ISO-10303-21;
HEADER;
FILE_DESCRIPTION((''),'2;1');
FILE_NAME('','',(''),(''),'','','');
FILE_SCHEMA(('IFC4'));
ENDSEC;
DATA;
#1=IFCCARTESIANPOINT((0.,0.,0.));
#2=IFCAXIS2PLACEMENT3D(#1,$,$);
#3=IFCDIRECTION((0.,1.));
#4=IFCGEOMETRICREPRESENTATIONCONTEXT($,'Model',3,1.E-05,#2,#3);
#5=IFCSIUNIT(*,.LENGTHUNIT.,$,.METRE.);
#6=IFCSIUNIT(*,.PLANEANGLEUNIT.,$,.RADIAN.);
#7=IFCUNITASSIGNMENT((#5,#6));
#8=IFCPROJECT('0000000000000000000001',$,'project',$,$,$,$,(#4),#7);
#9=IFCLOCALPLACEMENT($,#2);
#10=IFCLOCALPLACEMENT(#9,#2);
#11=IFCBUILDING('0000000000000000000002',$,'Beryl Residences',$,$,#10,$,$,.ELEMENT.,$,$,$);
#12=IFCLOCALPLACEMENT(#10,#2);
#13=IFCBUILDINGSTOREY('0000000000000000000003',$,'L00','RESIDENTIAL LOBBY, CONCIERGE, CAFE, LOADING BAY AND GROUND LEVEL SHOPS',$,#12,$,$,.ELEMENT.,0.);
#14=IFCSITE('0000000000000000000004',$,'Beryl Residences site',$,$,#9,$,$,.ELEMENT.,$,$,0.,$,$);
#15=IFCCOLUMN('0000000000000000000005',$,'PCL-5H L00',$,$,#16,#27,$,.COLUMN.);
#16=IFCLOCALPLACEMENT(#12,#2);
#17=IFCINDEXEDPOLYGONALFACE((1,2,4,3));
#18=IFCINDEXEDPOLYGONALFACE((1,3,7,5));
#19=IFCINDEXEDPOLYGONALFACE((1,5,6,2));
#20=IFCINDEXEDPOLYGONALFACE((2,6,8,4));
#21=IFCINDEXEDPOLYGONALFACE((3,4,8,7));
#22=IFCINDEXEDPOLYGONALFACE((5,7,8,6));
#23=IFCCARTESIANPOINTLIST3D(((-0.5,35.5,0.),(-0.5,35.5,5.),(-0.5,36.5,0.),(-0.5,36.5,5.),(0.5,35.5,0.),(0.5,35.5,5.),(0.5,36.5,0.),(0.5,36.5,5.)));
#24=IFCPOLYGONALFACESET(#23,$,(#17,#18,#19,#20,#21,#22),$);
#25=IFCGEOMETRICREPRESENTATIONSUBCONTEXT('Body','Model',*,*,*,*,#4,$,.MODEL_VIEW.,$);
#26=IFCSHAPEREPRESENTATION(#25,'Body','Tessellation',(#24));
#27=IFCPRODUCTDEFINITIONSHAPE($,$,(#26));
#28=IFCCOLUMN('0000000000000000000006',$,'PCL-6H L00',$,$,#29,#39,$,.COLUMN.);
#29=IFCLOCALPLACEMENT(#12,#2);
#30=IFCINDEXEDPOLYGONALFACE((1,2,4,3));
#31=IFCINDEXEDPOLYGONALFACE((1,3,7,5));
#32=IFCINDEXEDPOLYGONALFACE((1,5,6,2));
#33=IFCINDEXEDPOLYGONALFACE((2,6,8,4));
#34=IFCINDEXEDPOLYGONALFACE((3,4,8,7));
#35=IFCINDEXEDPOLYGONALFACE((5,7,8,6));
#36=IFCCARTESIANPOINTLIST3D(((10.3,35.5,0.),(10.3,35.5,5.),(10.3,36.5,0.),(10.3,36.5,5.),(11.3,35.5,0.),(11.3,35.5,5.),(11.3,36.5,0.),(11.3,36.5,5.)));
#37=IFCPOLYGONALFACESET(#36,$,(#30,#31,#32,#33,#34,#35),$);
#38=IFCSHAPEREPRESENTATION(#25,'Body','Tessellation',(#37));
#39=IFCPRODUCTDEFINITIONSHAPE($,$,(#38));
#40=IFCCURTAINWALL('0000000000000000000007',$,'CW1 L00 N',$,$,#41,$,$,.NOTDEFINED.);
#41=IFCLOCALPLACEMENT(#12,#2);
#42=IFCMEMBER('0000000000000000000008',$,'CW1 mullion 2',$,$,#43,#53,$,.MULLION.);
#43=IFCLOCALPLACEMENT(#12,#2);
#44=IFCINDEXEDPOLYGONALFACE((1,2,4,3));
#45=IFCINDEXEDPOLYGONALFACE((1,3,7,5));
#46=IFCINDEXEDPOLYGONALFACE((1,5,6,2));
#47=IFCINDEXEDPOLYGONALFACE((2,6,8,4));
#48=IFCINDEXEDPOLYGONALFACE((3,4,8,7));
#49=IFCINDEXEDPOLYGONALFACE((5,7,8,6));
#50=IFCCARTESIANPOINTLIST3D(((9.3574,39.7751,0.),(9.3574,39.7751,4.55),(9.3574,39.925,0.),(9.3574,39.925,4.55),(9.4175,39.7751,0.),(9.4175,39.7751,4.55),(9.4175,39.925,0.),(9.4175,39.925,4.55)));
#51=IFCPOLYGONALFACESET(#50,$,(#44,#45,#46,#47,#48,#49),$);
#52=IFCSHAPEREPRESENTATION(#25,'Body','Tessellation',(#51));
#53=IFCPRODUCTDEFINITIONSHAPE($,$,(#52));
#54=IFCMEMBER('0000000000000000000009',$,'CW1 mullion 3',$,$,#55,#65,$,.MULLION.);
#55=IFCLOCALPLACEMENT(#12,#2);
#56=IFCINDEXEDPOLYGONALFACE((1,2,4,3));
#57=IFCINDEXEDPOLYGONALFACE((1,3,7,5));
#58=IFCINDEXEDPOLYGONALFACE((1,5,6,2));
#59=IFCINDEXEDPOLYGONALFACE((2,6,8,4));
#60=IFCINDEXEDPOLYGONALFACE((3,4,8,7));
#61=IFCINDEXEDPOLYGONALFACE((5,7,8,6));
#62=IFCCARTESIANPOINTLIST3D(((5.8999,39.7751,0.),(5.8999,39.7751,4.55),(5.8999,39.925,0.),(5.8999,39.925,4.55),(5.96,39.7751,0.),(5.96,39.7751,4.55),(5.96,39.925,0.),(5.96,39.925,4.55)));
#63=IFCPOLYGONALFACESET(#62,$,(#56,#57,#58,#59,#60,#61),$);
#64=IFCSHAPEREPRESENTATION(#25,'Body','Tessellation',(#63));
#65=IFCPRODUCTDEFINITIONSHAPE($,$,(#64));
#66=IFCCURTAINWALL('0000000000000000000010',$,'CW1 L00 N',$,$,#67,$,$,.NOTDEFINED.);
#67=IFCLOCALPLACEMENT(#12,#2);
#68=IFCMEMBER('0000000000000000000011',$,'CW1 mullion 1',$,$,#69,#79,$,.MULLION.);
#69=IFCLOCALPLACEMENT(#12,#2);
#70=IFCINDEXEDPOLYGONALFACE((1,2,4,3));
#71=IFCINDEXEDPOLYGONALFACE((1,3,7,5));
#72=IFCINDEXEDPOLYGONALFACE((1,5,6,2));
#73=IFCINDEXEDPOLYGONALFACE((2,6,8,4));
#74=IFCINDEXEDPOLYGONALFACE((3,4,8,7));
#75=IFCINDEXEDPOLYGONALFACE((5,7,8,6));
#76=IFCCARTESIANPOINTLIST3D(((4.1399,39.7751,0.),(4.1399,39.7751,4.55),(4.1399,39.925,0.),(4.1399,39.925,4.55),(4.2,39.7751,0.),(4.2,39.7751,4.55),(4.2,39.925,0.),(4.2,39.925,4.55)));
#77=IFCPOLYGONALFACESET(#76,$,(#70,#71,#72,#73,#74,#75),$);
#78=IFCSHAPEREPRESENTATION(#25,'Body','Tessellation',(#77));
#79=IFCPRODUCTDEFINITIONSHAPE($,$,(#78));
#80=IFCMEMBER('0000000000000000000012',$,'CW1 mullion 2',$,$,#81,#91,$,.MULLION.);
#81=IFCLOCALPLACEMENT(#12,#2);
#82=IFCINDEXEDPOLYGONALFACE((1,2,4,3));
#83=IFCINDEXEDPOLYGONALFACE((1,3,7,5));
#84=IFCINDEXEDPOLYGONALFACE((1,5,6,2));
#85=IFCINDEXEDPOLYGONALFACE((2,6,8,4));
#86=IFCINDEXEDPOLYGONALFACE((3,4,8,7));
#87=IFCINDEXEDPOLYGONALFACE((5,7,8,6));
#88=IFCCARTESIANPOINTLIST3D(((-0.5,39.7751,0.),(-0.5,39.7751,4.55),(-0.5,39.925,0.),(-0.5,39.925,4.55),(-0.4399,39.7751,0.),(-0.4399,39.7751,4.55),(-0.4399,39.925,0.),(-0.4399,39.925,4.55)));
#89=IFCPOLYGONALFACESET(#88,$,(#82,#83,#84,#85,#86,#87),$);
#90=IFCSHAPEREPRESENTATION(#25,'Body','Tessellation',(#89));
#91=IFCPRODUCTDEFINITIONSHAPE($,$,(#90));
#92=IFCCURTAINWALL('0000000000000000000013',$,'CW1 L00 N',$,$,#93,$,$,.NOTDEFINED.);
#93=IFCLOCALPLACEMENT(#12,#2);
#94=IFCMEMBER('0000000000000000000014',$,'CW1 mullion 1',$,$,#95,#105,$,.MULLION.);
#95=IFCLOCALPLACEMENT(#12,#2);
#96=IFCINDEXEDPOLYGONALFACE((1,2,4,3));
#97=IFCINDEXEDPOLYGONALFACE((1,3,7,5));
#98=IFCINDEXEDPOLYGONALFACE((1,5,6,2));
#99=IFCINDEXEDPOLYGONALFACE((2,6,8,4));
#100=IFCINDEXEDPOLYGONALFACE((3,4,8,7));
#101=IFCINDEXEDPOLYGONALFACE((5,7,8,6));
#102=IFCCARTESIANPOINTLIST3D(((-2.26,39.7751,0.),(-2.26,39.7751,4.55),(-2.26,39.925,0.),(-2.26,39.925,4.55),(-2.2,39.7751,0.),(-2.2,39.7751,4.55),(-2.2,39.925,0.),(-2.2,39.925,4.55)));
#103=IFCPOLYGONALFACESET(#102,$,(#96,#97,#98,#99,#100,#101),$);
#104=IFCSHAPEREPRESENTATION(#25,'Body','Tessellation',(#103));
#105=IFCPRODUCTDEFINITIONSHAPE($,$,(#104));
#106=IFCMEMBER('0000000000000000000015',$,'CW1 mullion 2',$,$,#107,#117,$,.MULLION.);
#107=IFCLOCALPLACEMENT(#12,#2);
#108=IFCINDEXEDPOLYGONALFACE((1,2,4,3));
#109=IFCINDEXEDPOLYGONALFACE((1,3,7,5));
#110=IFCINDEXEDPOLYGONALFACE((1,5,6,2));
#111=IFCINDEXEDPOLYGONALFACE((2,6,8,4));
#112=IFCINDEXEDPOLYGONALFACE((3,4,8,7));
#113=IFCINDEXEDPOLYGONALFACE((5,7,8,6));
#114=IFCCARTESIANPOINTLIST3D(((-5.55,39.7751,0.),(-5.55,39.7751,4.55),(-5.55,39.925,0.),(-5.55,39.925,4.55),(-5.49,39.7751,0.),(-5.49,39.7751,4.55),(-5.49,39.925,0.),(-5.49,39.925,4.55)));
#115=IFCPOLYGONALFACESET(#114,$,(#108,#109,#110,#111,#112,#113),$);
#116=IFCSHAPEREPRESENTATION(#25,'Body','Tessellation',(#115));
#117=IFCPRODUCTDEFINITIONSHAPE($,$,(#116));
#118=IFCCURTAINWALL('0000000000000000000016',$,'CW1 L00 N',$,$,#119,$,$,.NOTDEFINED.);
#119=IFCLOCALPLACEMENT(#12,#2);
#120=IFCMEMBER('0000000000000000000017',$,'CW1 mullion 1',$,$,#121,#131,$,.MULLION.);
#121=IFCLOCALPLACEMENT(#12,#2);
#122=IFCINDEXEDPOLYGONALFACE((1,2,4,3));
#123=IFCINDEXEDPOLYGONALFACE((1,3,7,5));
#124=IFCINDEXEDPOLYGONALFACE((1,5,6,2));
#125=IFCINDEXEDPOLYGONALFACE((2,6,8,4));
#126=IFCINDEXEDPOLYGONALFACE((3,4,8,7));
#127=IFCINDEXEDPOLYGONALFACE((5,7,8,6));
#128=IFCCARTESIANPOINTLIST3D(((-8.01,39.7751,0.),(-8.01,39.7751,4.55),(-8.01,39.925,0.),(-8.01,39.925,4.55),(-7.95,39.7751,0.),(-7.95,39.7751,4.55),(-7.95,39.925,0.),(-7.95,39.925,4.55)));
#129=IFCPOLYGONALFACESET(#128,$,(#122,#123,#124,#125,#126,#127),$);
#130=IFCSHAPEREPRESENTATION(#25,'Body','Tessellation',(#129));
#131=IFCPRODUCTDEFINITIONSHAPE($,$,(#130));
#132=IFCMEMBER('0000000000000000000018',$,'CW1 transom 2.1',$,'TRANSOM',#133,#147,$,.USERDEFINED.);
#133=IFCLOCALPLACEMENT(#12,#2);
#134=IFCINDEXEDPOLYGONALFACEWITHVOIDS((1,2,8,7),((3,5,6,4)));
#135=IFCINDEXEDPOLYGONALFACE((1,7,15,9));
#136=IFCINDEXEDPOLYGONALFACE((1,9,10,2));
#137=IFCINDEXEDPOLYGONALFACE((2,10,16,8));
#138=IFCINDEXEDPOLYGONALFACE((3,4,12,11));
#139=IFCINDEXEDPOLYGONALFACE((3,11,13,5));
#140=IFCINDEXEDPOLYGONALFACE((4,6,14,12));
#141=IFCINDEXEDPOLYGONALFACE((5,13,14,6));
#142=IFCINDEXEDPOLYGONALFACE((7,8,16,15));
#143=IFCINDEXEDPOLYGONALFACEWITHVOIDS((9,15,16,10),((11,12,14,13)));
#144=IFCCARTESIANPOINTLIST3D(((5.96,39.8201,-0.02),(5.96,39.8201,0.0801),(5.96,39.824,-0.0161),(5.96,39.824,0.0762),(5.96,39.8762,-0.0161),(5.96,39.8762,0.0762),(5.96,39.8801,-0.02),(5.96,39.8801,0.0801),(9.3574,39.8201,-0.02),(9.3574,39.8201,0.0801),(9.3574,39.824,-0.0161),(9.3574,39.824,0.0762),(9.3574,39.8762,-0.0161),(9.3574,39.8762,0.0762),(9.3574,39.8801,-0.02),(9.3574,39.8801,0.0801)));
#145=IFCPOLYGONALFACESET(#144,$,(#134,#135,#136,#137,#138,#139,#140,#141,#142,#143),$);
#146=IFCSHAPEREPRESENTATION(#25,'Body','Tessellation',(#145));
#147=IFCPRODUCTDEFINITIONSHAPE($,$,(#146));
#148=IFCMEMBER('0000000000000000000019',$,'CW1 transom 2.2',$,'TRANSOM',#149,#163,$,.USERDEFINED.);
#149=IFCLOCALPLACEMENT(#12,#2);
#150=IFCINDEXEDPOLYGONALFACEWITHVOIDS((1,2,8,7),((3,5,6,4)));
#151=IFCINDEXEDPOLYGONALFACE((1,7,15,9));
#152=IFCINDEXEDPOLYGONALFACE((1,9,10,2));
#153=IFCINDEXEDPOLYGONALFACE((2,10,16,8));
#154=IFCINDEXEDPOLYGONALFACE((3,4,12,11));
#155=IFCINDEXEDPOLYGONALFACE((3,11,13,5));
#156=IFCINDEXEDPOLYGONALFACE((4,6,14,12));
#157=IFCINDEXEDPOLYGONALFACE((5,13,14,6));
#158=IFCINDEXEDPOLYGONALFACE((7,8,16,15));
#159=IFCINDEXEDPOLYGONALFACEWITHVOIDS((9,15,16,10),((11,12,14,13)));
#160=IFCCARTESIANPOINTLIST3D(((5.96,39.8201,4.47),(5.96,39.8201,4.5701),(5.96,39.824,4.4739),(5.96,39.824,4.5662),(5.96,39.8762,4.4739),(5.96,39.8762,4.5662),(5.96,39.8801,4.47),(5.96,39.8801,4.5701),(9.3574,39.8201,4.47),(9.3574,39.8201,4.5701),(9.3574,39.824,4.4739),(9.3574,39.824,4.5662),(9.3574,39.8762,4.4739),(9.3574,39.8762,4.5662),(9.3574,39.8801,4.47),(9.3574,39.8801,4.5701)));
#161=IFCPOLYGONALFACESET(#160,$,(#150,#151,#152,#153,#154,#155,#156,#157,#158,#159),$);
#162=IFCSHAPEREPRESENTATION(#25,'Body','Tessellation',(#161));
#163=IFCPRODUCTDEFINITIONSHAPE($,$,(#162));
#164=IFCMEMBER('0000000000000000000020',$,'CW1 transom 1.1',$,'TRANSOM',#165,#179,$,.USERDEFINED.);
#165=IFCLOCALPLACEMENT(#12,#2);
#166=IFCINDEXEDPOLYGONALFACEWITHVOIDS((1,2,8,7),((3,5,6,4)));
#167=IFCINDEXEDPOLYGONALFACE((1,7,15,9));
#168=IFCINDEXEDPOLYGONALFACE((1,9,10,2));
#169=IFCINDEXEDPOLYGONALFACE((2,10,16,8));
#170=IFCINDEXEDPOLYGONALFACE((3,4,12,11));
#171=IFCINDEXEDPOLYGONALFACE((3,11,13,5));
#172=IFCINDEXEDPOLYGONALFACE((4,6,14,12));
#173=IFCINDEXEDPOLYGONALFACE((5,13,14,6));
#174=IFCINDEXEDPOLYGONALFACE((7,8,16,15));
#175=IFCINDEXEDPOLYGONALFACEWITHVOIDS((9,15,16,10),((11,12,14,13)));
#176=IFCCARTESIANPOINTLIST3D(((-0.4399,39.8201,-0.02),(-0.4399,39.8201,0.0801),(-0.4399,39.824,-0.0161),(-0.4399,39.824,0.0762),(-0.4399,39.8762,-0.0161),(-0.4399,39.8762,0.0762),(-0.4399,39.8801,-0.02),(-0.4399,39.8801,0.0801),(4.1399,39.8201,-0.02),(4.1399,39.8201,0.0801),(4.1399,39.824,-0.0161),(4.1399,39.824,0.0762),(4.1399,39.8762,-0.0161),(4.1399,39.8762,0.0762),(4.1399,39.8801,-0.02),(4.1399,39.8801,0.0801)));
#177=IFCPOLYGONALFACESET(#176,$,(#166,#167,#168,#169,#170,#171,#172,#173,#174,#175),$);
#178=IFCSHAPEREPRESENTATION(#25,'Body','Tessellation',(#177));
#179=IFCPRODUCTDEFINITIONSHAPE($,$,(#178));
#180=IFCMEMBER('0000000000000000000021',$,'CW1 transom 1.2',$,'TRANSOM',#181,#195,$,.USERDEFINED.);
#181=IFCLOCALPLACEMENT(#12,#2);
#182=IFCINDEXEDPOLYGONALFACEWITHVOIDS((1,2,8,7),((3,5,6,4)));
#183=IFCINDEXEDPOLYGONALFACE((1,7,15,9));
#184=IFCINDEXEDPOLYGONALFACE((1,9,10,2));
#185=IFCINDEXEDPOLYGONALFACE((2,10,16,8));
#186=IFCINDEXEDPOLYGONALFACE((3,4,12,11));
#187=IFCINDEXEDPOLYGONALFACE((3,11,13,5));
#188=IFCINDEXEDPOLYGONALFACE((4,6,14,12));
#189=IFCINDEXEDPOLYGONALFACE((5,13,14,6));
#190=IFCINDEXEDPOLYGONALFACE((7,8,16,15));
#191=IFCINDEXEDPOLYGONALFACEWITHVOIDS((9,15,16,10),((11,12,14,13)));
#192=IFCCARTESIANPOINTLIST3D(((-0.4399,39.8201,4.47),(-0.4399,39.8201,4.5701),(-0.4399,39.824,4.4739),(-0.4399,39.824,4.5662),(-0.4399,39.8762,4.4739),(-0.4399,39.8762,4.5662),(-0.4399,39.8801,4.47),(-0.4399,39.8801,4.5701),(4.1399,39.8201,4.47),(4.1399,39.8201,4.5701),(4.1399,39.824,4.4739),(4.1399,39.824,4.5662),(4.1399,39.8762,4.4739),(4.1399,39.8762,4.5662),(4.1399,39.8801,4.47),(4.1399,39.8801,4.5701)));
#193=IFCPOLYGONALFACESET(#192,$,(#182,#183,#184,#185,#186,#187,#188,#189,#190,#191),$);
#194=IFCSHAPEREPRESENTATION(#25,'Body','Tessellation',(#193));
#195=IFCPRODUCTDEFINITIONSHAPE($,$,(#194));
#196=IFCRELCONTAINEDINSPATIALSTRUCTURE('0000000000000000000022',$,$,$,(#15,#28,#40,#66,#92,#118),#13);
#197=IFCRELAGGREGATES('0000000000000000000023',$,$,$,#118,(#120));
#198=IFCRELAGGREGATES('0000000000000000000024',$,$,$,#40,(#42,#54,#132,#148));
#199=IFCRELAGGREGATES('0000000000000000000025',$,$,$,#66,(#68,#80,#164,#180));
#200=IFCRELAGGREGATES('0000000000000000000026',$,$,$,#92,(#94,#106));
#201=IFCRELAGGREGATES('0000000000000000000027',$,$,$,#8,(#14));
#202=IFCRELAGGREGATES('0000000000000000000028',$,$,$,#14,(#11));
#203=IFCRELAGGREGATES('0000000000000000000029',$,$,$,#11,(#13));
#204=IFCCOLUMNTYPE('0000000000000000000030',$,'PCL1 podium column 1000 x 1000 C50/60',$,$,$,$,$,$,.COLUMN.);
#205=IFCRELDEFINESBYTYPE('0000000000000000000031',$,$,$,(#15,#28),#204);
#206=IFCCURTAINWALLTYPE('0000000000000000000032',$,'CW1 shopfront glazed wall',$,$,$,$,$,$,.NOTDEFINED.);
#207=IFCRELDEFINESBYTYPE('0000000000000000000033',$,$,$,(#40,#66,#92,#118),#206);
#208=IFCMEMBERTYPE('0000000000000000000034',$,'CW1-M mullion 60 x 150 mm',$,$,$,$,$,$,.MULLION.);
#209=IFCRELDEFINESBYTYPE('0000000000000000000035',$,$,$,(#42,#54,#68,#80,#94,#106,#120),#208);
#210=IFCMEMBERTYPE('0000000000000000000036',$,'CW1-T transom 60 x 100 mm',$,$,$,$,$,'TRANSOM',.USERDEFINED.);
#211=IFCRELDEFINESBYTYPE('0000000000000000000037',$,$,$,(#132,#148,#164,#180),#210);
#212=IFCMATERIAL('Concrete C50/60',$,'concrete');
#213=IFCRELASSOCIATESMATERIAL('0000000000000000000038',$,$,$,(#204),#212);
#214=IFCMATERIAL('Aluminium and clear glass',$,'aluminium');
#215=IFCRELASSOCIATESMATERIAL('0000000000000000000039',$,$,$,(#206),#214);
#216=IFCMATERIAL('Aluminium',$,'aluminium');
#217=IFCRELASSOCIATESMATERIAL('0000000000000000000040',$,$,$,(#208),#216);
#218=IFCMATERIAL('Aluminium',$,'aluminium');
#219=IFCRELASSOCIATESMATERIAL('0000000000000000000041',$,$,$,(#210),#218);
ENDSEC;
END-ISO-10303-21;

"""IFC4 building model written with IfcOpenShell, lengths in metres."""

from ifc_helpers import new_model, si_unit, direction, frame, origin, origin_2d, place, context, subcontext, project, spatial, rectangle, hollow_rectangle, extrude, material, material_profile, profile_set, type_object, element, aggregate, save


model = new_model("IFC4")

# Units and contexts
model_context = context("Model", 3, precision=1e-05, world=origin(), true_north=direction((0.0, 1.0)))
body_context = subcontext(model_context, "Body", "Model", "MODEL_VIEW")
ifc_project = project(units=[si_unit("LENGTHUNIT", "METRE"), si_unit("PLANEANGLEUNIT", "RADIAN")], contexts=[model_context])

# Site, building, storey
site_placement = place(None, origin())
site = spatial("IfcSite", under=ifc_project, at=site_placement, Name="Beryl Residences site", CompositionType="ELEMENT", RefElevation=0.0)
building_placement = place(site_placement, origin())
building = spatial("IfcBuilding", under=site, at=building_placement, Name="Beryl Residences", CompositionType="ELEMENT")
storey_placement = place(building_placement, origin())
storey = spatial("IfcBuildingStorey", under=building, at=storey_placement, Name="L00", Description="RESIDENTIAL LOBBY, CONCIERGE, CAFE, LOADING BAY AND GROUND LEVEL SHOPS", CompositionType="ELEMENT", Elevation=0.0)

# Columns
ifc_material_1 = material(Name="Concrete C50/60", Category="concrete")
ifc_material_profile_1 = material_profile(ifc_material_1, rectangle(XDim=1.0, YDim=1.0, at=origin_2d()))
ifc_profile_set_1 = profile_set([ifc_material_profile_1], Name="Concrete C50/60")
column_type = type_object("IfcColumnType", Name="PCL1 podium column 1000 x 1000 C50/60", PredefinedType="COLUMN", material=ifc_profile_set_1)
for number, where, z_axis, x_axis, name in (
    (1, (0.0, 36.0, 0.0), (0.0, 0.0, 1.0), (1.0, 0.0, 0.0), "PCL-5H L00"),
    (2, (10.8, 36.0, 0.0), (0.0, 0.0, 1.0), (1.0, 0.0, 0.0), "PCL-6H L00"),
):
    element("IfcColumn", number, at=place(storey_placement, frame(where, z_axis=z_axis, x_axis=x_axis)), inside=storey, type_object=column_type, Name=name, PredefinedType="COLUMN", context=body_context, shape_type="SweptSolid", body=[
        extrude(rectangle(XDim=1.0, YDim=1.0, at=origin_2d()), origin(), (0.0, 0.0, 1.0), 5.0),
    ])

# Curtain walls, members
ifc_material_2 = material(Name="Aluminium and clear glass", Category="aluminium")
curtain_wall_type = type_object("IfcCurtainWallType", Name="CW1 shopfront glazed wall", PredefinedType="NOTDEFINED", material=ifc_material_2)
curtain_wall_1_placement = place(storey_placement, origin())
curtain_wall_1 = element("IfcCurtainWall", 3, at=curtain_wall_1_placement, inside=storey, type_object=curtain_wall_type, Name="CW1 L00 N", PredefinedType="NOTDEFINED")
ifc_material_3 = material(Name="Aluminium", Category="aluminium")
ifc_material_profile_2 = material_profile(ifc_material_3, rectangle(XDim=0.0601, YDim=0.1499, at=origin_2d()))
ifc_profile_set_2 = profile_set([ifc_material_profile_2], Name="Aluminium")
member_type_1 = type_object("IfcMemberType", Name="CW1-M mullion 60 x 150 mm", PredefinedType="MULLION", material=ifc_profile_set_2)
member_1_placement = place(storey_placement, frame((9.3875, 39.8501, 0.0), z_axis=(0.0, 0.0, 1.0), x_axis=(-1.0, 0.0, 0.0)))
member_1 = element("IfcMember", 4, at=member_1_placement, type_object=member_type_1, Name="CW1 mullion 2", PredefinedType="MULLION", context=body_context, shape_type="SweptSolid", body=[
    extrude(rectangle(XDim=0.0601, YDim=0.1499, at=origin_2d()), origin(), (0.0, 0.0, 1.0), 4.55),
])
member_2_placement = place(storey_placement, frame((5.9299, 39.8501, 0.0), z_axis=(0.0, 0.0, 1.0), x_axis=(-1.0, 0.0, 0.0)))
member_2 = element("IfcMember", 5, at=member_2_placement, type_object=member_type_1, Name="CW1 mullion 3", PredefinedType="MULLION", context=body_context, shape_type="SweptSolid", body=[
    extrude(rectangle(XDim=0.0601, YDim=0.1499, at=origin_2d()), origin(), (0.0, 0.0, 1.0), 4.55),
])
curtain_wall_2_placement = place(storey_placement, origin())
curtain_wall_2 = element("IfcCurtainWall", 6, at=curtain_wall_2_placement, inside=storey, type_object=curtain_wall_type, Name="CW1 L00 N", PredefinedType="NOTDEFINED")
member_3_placement = place(storey_placement, frame((4.1699, 39.8501, 0.0), z_axis=(0.0, 0.0, 1.0), x_axis=(-1.0, 0.0, 0.0)))
member_3 = element("IfcMember", 7, at=member_3_placement, type_object=member_type_1, Name="CW1 mullion 1", PredefinedType="MULLION", context=body_context, shape_type="SweptSolid", body=[
    extrude(rectangle(XDim=0.0601, YDim=0.1499, at=origin_2d()), origin(), (0.0, 0.0, 1.0), 4.55),
])
member_4_placement = place(storey_placement, frame((-0.47, 39.8501, 0.0), z_axis=(0.0, 0.0, 1.0), x_axis=(-1.0, 0.0, 0.0)))
member_4 = element("IfcMember", 8, at=member_4_placement, type_object=member_type_1, Name="CW1 mullion 2", PredefinedType="MULLION", context=body_context, shape_type="SweptSolid", body=[
    extrude(rectangle(XDim=0.0601, YDim=0.1499, at=origin_2d()), origin(), (0.0, 0.0, 1.0), 4.55),
])
curtain_wall_3_placement = place(storey_placement, origin())
curtain_wall_3 = element("IfcCurtainWall", 9, at=curtain_wall_3_placement, inside=storey, type_object=curtain_wall_type, Name="CW1 L00 N", PredefinedType="NOTDEFINED")
member_5_placement = place(storey_placement, frame((-2.23, 39.8501, 0.0), z_axis=(0.0, 0.0, 1.0), x_axis=(-1.0, 0.0, 0.0)))
member_5 = element("IfcMember", 10, at=member_5_placement, type_object=member_type_1, Name="CW1 mullion 1", PredefinedType="MULLION", context=body_context, shape_type="SweptSolid", body=[
    extrude(rectangle(XDim=0.0601, YDim=0.1499, at=origin_2d()), origin(), (0.0, 0.0, 1.0), 4.55),
])
member_6_placement = place(storey_placement, frame((-5.52, 39.8501, 0.0), z_axis=(0.0, 0.0, 1.0), x_axis=(-1.0, 0.0, 0.0)))
member_6 = element("IfcMember", 11, at=member_6_placement, type_object=member_type_1, Name="CW1 mullion 2", PredefinedType="MULLION", context=body_context, shape_type="SweptSolid", body=[
    extrude(rectangle(XDim=0.0601, YDim=0.1499, at=origin_2d()), origin(), (0.0, 0.0, 1.0), 4.55),
])

# Curtain wall, member
curtain_wall_4_placement = place(storey_placement, origin())
curtain_wall_4 = element("IfcCurtainWall", 12, at=curtain_wall_4_placement, inside=storey, type_object=curtain_wall_type, Name="CW1 L00 N", PredefinedType="NOTDEFINED")
member_7_placement = place(storey_placement, frame((-7.98, 39.8501, 0.0), z_axis=(0.0, 0.0, 1.0), x_axis=(-1.0, 0.0, 0.0)))
member_7 = element("IfcMember", 13, at=member_7_placement, type_object=member_type_1, Name="CW1 mullion 1", PredefinedType="MULLION", context=body_context, shape_type="SweptSolid", body=[
    extrude(rectangle(XDim=0.0601, YDim=0.1499, at=origin_2d()), origin(), (0.0, 0.0, 1.0), 4.55),
])

# Members
ifc_material_4 = material(Name="Aluminium", Category="aluminium")
ifc_material_profile_3 = material_profile(ifc_material_4, hollow_rectangle(XDim=0.0601, YDim=0.1001, WallThickness=0.0039, at=origin_2d()))
ifc_profile_set_3 = profile_set([ifc_material_profile_3], Name="Aluminium")
member_type_2 = type_object("IfcMemberType", Name="CW1-T transom 60 x 100 mm", ElementType="TRANSOM", PredefinedType="USERDEFINED", material=ifc_profile_set_3)
member_8_placement = place(storey_placement, frame((9.3574, 39.8501, 0.03), z_axis=(-1.0, 0.0, 0.0), x_axis=(0.0, -1.0, 0.0)))
member_8 = element("IfcMember", 14, at=member_8_placement, type_object=member_type_2, Name="CW1 transom 2.1", ObjectType="TRANSOM", PredefinedType="USERDEFINED", context=body_context, shape_type="SweptSolid", body=[
    extrude(hollow_rectangle(XDim=0.0601, YDim=0.1001, WallThickness=0.0039, at=origin_2d()), origin(), (0.0, 0.0, 1.0), 3.3975),
])
member_9_placement = place(storey_placement, frame((9.3574, 39.8501, 4.52), z_axis=(-1.0, 0.0, 0.0), x_axis=(0.0, -1.0, 0.0)))
member_9 = element("IfcMember", 15, at=member_9_placement, type_object=member_type_2, Name="CW1 transom 2.2", ObjectType="TRANSOM", PredefinedType="USERDEFINED", context=body_context, shape_type="SweptSolid", body=[
    extrude(hollow_rectangle(XDim=0.0601, YDim=0.1001, WallThickness=0.0039, at=origin_2d()), origin(), (0.0, 0.0, 1.0), 3.3975),
])
member_10_placement = place(storey_placement, frame((4.1399, 39.8501, 0.03), z_axis=(-1.0, 0.0, 0.0), x_axis=(0.0, -1.0, 0.0)))
member_10 = element("IfcMember", 16, at=member_10_placement, type_object=member_type_2, Name="CW1 transom 1.1", ObjectType="TRANSOM", PredefinedType="USERDEFINED", context=body_context, shape_type="SweptSolid", body=[
    extrude(hollow_rectangle(XDim=0.0601, YDim=0.1001, WallThickness=0.0039, at=origin_2d()), origin(), (0.0, 0.0, 1.0), 4.5798),
])
member_11_placement = place(storey_placement, frame((4.1399, 39.8501, 4.52), z_axis=(-1.0, 0.0, 0.0), x_axis=(0.0, -1.0, 0.0)))
member_11 = element("IfcMember", 17, at=member_11_placement, type_object=member_type_2, Name="CW1 transom 1.2", ObjectType="TRANSOM", PredefinedType="USERDEFINED", context=body_context, shape_type="SweptSolid", body=[
    extrude(hollow_rectangle(XDim=0.0601, YDim=0.1001, WallThickness=0.0039, at=origin_2d()), origin(), (0.0, 0.0, 1.0), 4.5798),
])
aggregate(curtain_wall_4, [member_7])

aggregate(curtain_wall_1, [member_1, member_2, member_8, member_9])
aggregate(curtain_wall_2, [member_3, member_4, member_10, member_11])
aggregate(curtain_wall_3, [member_5, member_6])

save(model, "model.ifc")
